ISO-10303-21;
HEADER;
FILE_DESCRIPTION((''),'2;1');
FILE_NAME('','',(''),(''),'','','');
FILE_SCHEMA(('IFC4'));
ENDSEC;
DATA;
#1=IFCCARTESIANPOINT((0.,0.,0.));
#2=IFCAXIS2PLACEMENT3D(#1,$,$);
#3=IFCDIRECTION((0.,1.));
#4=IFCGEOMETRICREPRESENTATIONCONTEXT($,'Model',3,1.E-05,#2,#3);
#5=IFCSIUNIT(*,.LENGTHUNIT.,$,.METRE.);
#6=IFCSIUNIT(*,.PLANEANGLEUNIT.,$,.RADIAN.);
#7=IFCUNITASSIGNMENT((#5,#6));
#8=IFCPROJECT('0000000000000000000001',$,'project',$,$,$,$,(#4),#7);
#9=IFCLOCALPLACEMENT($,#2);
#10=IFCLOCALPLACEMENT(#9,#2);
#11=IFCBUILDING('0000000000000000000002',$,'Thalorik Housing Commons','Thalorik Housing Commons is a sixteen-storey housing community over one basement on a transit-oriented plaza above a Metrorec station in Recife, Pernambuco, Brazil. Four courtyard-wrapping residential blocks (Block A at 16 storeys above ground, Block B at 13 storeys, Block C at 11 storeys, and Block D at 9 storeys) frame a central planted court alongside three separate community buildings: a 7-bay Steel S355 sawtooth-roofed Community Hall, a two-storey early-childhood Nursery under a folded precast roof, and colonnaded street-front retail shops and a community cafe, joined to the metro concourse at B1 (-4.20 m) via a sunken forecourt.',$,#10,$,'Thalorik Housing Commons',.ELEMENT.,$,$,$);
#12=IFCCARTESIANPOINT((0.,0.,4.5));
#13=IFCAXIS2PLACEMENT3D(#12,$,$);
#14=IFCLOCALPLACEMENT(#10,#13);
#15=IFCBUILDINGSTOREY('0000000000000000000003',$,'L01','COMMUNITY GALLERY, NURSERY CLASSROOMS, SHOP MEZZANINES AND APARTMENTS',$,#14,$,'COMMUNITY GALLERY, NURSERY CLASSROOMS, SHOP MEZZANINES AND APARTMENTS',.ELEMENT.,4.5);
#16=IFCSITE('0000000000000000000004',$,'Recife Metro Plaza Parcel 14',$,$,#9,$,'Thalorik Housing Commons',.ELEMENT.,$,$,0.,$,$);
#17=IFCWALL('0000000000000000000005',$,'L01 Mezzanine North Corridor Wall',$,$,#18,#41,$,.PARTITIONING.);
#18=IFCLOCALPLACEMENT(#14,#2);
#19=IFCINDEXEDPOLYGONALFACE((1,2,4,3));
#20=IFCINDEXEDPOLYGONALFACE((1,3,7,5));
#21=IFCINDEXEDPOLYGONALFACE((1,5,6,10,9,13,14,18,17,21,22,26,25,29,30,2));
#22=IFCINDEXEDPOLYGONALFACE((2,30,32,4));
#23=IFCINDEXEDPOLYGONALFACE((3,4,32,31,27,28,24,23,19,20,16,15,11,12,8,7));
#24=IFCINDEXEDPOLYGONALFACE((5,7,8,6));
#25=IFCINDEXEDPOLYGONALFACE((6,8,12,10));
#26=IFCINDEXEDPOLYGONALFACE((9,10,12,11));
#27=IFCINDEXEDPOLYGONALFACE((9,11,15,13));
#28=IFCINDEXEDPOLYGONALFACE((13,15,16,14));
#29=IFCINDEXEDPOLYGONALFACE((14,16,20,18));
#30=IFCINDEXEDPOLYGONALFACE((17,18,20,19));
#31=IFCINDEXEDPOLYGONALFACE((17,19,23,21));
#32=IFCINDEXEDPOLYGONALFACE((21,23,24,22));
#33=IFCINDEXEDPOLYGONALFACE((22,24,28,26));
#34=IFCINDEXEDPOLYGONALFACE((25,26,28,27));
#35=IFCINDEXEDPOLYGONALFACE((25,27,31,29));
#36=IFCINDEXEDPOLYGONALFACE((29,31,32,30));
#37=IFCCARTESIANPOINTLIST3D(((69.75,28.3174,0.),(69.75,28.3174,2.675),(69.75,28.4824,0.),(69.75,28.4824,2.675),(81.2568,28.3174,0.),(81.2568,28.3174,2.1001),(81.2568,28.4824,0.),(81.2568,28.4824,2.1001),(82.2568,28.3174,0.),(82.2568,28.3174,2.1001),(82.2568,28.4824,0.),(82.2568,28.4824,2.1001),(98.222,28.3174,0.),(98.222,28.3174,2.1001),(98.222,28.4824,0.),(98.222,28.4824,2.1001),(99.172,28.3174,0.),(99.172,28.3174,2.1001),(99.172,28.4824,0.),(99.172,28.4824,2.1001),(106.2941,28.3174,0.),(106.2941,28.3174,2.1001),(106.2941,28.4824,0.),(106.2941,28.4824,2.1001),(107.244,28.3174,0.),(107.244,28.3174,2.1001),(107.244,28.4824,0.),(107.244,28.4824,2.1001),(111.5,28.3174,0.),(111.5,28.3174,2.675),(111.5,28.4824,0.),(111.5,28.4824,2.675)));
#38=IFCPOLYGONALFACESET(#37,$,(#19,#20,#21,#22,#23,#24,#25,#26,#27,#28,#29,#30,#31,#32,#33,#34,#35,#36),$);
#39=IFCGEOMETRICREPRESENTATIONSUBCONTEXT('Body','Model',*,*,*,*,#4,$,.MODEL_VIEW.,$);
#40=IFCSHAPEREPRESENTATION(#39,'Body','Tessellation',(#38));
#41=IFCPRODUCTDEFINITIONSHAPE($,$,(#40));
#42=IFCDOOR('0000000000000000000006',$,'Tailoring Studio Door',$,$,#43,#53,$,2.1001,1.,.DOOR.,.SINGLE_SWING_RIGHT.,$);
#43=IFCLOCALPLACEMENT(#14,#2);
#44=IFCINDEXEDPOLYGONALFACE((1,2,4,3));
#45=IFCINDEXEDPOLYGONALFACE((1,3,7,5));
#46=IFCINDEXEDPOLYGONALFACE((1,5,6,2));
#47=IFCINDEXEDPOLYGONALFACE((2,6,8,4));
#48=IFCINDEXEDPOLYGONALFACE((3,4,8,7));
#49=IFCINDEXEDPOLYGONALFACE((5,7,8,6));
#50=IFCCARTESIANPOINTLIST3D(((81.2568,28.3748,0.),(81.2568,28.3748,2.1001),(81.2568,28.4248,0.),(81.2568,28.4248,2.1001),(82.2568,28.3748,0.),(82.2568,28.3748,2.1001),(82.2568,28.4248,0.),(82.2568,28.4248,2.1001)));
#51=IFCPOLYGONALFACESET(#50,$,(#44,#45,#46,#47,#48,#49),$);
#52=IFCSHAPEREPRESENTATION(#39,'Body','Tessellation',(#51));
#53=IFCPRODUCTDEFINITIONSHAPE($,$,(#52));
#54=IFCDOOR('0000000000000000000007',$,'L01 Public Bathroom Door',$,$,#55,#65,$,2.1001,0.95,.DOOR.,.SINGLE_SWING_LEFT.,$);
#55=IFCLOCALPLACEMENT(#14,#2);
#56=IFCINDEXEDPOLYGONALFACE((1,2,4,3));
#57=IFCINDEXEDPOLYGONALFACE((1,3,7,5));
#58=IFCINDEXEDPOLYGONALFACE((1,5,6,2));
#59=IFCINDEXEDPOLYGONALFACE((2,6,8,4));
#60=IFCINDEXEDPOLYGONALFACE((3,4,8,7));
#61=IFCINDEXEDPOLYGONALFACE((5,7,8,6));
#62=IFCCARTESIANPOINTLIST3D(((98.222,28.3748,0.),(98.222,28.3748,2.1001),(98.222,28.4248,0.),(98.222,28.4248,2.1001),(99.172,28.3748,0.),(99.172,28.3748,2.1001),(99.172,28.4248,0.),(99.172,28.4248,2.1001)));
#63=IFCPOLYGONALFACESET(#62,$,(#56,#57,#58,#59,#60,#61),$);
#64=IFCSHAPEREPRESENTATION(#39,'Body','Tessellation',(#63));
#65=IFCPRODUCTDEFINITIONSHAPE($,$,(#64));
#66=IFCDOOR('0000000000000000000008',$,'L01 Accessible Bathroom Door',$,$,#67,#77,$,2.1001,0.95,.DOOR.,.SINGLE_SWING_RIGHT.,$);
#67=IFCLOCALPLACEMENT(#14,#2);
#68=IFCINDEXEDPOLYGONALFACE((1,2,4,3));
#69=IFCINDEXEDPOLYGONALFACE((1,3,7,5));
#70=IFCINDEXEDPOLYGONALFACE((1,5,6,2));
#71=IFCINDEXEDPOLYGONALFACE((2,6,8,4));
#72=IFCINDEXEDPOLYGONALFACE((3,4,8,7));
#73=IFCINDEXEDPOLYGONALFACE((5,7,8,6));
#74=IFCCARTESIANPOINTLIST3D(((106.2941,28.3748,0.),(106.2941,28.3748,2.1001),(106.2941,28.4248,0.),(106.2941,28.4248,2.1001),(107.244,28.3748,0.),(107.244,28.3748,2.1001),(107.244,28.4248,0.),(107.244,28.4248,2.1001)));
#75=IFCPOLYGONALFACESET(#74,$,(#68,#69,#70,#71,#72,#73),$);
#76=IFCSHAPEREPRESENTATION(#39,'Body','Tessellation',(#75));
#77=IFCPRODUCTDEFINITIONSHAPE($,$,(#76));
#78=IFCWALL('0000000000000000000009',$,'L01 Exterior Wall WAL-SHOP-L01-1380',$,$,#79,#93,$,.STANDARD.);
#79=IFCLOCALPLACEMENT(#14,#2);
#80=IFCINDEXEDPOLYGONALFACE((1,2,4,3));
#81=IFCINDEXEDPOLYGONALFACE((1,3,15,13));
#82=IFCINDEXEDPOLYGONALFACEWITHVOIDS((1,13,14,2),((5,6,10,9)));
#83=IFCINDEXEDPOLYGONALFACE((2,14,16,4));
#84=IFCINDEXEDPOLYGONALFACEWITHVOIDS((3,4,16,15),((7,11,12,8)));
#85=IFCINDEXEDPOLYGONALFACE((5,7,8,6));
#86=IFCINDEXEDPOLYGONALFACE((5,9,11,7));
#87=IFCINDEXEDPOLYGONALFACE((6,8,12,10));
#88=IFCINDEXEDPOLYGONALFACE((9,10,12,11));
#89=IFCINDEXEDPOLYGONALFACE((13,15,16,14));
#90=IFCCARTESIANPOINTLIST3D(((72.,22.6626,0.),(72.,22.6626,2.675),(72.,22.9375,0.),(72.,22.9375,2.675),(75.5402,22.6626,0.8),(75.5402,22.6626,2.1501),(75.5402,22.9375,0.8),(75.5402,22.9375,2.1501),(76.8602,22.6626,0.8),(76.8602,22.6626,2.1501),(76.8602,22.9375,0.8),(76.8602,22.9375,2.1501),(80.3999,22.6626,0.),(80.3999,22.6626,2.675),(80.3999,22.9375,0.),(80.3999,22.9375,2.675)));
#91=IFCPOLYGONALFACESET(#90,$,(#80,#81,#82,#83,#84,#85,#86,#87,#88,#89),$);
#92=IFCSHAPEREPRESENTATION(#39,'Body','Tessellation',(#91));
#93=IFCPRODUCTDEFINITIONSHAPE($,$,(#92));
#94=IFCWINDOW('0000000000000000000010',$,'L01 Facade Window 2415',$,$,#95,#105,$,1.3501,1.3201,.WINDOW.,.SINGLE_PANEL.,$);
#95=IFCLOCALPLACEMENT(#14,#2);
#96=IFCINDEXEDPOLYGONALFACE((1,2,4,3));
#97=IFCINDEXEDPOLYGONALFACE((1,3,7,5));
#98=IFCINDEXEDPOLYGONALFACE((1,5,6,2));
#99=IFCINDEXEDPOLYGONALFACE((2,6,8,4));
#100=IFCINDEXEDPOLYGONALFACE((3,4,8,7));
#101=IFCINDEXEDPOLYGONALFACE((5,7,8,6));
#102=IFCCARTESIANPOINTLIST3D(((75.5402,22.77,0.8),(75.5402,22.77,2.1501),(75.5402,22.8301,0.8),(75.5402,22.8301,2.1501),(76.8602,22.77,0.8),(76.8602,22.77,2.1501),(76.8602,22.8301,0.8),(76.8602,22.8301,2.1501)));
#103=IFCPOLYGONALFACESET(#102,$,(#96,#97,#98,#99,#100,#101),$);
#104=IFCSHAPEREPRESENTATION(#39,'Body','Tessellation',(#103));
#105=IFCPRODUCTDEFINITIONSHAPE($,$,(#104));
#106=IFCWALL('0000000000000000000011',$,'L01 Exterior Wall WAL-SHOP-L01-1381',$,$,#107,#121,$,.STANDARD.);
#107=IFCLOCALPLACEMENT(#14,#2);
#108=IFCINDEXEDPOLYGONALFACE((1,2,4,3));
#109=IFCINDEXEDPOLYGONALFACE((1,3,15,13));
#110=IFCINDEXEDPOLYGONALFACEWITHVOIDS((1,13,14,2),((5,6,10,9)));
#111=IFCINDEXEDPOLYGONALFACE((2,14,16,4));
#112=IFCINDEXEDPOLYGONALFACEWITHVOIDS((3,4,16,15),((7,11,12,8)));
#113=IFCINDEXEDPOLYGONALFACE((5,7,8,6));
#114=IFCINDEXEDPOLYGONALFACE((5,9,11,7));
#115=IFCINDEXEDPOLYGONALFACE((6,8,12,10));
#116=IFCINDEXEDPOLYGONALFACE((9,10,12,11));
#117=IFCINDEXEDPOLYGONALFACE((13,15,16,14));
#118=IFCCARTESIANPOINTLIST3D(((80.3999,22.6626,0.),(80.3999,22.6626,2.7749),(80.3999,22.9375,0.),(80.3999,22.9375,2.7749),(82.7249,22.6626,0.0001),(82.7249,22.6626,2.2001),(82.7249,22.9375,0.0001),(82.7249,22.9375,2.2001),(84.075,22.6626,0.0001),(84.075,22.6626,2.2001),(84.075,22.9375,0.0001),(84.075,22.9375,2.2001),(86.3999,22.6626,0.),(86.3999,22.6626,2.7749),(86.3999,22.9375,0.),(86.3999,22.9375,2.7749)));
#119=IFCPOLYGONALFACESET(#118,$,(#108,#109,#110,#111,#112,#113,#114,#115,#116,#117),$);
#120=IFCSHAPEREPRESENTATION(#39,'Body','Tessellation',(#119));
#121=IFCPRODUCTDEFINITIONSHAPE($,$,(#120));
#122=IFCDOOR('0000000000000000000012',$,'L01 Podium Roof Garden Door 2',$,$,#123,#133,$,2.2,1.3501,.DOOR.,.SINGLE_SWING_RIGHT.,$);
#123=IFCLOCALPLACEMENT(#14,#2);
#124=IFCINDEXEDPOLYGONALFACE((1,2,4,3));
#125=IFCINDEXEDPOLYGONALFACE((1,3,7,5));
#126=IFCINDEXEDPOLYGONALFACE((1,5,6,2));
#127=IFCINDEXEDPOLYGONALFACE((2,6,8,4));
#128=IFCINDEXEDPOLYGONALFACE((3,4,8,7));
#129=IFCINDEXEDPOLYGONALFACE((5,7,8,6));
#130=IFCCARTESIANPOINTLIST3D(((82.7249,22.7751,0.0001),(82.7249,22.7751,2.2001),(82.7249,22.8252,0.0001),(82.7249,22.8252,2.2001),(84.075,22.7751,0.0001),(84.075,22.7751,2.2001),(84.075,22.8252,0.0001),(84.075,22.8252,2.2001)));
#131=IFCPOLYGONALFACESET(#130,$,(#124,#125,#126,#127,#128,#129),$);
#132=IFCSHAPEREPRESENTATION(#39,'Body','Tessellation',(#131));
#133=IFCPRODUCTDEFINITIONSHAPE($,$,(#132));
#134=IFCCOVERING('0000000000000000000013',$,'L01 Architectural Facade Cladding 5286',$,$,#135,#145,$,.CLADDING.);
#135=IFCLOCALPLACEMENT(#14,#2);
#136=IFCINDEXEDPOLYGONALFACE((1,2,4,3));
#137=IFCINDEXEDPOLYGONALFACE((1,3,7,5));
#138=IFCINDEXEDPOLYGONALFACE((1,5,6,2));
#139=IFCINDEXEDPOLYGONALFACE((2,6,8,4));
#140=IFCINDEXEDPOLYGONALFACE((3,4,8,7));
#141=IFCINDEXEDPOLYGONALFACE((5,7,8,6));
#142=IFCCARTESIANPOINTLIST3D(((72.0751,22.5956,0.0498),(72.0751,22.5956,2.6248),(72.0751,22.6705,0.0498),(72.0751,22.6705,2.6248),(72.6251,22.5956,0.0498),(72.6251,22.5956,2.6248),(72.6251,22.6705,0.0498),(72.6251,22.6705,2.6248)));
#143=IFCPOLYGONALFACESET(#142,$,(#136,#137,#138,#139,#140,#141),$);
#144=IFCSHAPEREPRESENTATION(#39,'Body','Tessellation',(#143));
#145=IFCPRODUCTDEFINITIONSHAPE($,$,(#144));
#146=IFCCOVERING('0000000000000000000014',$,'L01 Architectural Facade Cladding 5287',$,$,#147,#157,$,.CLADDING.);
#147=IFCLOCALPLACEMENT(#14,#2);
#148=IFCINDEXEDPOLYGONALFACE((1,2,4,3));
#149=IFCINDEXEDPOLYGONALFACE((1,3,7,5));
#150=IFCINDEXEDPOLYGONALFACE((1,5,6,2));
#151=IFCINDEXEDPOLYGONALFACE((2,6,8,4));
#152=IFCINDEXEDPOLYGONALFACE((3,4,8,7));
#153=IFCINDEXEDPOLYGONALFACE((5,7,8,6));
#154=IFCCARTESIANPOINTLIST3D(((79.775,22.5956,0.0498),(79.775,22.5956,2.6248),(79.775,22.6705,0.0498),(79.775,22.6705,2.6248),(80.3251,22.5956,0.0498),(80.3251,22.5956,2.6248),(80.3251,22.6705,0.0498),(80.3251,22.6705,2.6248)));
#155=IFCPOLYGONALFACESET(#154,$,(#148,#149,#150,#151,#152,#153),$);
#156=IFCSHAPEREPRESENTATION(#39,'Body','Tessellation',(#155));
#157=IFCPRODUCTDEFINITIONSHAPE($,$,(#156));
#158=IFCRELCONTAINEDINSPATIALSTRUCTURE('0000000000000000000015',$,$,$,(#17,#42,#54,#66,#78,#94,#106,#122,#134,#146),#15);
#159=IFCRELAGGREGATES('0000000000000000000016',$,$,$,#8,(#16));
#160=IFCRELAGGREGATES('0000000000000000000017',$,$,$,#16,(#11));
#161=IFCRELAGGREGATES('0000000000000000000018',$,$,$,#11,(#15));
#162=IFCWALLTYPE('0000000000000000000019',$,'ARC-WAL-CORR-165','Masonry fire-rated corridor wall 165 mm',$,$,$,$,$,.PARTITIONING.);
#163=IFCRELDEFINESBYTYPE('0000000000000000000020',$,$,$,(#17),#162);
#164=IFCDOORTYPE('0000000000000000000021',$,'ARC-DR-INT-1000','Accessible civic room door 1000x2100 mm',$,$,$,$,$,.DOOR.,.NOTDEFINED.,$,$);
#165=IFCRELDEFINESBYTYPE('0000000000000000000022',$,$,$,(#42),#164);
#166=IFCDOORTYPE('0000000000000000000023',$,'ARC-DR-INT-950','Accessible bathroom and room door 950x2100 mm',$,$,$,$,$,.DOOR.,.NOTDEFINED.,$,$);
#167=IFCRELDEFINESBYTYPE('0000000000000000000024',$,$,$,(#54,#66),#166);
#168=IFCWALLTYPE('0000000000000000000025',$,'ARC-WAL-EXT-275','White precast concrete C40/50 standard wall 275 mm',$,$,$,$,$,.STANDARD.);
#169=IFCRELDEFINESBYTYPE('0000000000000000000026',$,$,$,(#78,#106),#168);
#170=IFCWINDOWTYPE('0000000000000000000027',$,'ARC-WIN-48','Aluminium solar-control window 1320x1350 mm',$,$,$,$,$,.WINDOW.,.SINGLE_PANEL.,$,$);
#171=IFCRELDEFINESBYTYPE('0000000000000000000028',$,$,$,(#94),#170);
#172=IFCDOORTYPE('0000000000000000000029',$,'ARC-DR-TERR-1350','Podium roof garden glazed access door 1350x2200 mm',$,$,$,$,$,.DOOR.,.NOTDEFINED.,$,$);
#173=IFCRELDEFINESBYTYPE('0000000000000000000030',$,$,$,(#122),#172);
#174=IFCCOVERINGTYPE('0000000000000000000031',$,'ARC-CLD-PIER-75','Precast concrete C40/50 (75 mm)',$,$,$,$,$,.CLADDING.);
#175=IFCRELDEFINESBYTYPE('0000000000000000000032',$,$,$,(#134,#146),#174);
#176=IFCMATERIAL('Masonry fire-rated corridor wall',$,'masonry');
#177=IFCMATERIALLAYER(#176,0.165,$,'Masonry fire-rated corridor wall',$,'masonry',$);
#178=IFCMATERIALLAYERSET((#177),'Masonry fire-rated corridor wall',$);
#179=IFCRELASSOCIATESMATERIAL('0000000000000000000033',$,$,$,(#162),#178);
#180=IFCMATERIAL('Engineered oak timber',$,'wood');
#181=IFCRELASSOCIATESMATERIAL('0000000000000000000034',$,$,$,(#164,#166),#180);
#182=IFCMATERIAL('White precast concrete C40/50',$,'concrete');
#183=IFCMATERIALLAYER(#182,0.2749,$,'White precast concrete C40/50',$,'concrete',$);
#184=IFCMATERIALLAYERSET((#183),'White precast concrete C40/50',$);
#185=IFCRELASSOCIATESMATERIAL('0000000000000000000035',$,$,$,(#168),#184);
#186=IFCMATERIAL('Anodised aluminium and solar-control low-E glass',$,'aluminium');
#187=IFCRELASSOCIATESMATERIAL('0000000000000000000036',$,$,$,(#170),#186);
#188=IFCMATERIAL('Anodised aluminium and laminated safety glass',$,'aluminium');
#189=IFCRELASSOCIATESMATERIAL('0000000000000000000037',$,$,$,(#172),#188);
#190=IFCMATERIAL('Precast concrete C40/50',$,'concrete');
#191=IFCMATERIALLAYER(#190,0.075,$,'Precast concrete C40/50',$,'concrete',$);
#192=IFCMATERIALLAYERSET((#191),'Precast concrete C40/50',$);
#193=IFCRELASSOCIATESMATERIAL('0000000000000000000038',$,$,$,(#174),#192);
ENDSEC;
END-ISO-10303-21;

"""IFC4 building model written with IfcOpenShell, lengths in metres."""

from ifc_helpers import new_model, si_unit, direction, frame, frame_2d, origin, origin_2d, place, context, subcontext, project, spatial, rectangle, extrude, material, layer, layer_set, type_object, element, fill, save


model = new_model("IFC4")

# Units and contexts
model_context = context("Model", 3, precision=1e-05, world=origin(), true_north=direction((0.0, 1.0)))
body_context = subcontext(model_context, "Body", "Model", "MODEL_VIEW")
ifc_project = project(units=[si_unit("LENGTHUNIT", "METRE"), si_unit("PLANEANGLEUNIT", "RADIAN")], contexts=[model_context])

# Site, building, storey
site_placement = place(None, origin())
site = spatial("IfcSite", under=ifc_project, at=site_placement, Name="Recife Metro Plaza Parcel 14", LongName="Thalorik Housing Commons", CompositionType="ELEMENT", RefElevation=0.0)
building_placement = place(site_placement, origin())
building = spatial("IfcBuilding", under=site, at=building_placement, Name="Thalorik Housing Commons", Description="Thalorik Housing Commons is a sixteen-storey housing community over one basement on a transit-oriented plaza above a Metrorec station in Recife, Pernambuco, Brazil. Four courtyard-wrapping residential blocks (Block A at 16 storeys above ground, Block B at 13 storeys, Block C at 11 storeys, and Block D at 9 storeys) frame a central planted court alongside three separate community buildings: a 7-bay Steel S355 sawtooth-roofed Community Hall, a two-storey early-childhood Nursery under a folded precast roof, and colonnaded street-front retail shops and a community cafe, joined to the metro concourse at B1 (-4.20 m) via a sunken forecourt.", LongName="Thalorik Housing Commons", CompositionType="ELEMENT")
storey_placement = place(building_placement, frame((0.0, 0.0, 4.5)))
storey = spatial("IfcBuildingStorey", under=building, at=storey_placement, Name="L01", Description="COMMUNITY GALLERY, NURSERY CLASSROOMS, SHOP MEZZANINES AND APARTMENTS", LongName="COMMUNITY GALLERY, NURSERY CLASSROOMS, SHOP MEZZANINES AND APARTMENTS", CompositionType="ELEMENT", Elevation=4.5)

# Shared definitions
ifc_material_1 = material(Name="Precast concrete C40/50", Category="concrete")

# Wall, openings, doors
ifc_material_2 = material(Name="Masonry fire-rated corridor wall", Category="masonry")
ifc_layer_1 = layer(ifc_material_2, 0.165, Name="Masonry fire-rated corridor wall", Category="masonry")
ifc_layer_set_1 = layer_set([ifc_layer_1], Name="Masonry fire-rated corridor wall")
wall_type_1 = type_object("IfcWallType", Name="ARC-WAL-CORR-165", Description="Masonry fire-rated corridor wall 165 mm", PredefinedType="PARTITIONING", material=ifc_layer_set_1)
wall_1_placement = place(storey_placement, frame((69.75, 28.3999, 0.0), z_axis=(0.0, 0.0, 1.0), x_axis=(1.0, 0.0, 0.0)))
wall_1 = element("IfcWall", 1, at=wall_1_placement, inside=storey, type_object=wall_type_1, Name="L01 Mezzanine North Corridor Wall", PredefinedType="PARTITIONING", context=body_context, shape_type="SweptSolid", body=[
    extrude(rectangle(XDim=41.75, YDim=0.165, at=frame_2d((20.875, 0.0))), origin(), (0.0, 0.0, 1.0), 2.675),
])
opening_1_placement = place(wall_1_placement, frame((11.5068, 0.0, 0.0)))
opening_1 = element("IfcOpeningElement", 2, at=opening_1_placement, cuts=wall_1, PredefinedType="OPENING", context=body_context, shape_type="SweptSolid", body=[
    extrude(rectangle(XDim=1.0, YDim=2.1001, at=frame_2d((0.5, 1.05))), frame((0.0, 0.0925, 0.0), z_axis=(0.0, -1.0, 0.0), x_axis=(1.0, 0.0, 0.0)), (0.0, 0.0, 1.0), 0.1851),
])
opening_2_placement = place(wall_1_placement, frame((28.4719, 0.0, 0.0)))
opening_2 = element("IfcOpeningElement", 3, at=opening_2_placement, cuts=wall_1, PredefinedType="OPENING", context=body_context, shape_type="SweptSolid", body=[
    extrude(rectangle(XDim=0.95, YDim=2.1001, at=frame_2d((0.4751, 1.05))), frame((0.0, 0.0925, 0.0), z_axis=(0.0, -1.0, 0.0), x_axis=(1.0, 0.0, 0.0)), (0.0, 0.0, 1.0), 0.1851),
])
opening_3_placement = place(wall_1_placement, frame((36.5439, 0.0, 0.0)))
opening_3 = element("IfcOpeningElement", 4, at=opening_3_placement, cuts=wall_1, PredefinedType="OPENING", context=body_context, shape_type="SweptSolid", body=[
    extrude(rectangle(XDim=0.95, YDim=2.1001, at=frame_2d((0.4751, 1.05))), frame((0.0, 0.0925, 0.0), z_axis=(0.0, -1.0, 0.0), x_axis=(1.0, 0.0, 0.0)), (0.0, 0.0, 1.0), 0.1851),
])
ifc_material_3 = material(Name="Engineered oak timber", Category="wood")
door_type_1 = type_object("IfcDoorType", Name="ARC-DR-INT-1000", Description="Accessible civic room door 1000x2100 mm", OperationType="NOTDEFINED", PredefinedType="DOOR", material=ifc_material_3)
door_1_placement = place(opening_1_placement, origin())
door_1 = element("IfcDoor", 5, at=door_1_placement, inside=storey, type_object=door_type_1, Name="Tailoring Studio Door", OperationType="SINGLE_SWING_RIGHT", OverallHeight=2.1001, OverallWidth=1.0, PredefinedType="DOOR", context=body_context, shape_type="SweptSolid", body=[
    extrude(rectangle(XDim=1.0, YDim=2.1001, at=frame_2d((0.5, 1.05))), frame((0.0, 0.0249, 0.0), z_axis=(0.0, -1.0, 0.0), x_axis=(1.0, 0.0, 0.0)), (0.0, 0.0, 1.0), 0.05),
])
fill(opening_1, door_1)
door_type_2 = type_object("IfcDoorType", Name="ARC-DR-INT-950", Description="Accessible bathroom and room door 950x2100 mm", OperationType="NOTDEFINED", PredefinedType="DOOR", material=ifc_material_3)
door_2_placement = place(opening_2_placement, origin())
door_2 = element("IfcDoor", 6, at=door_2_placement, inside=storey, type_object=door_type_2, Name="L01 Public Bathroom Door", OperationType="SINGLE_SWING_LEFT", OverallHeight=2.1001, OverallWidth=0.95, PredefinedType="DOOR", context=body_context, shape_type="SweptSolid", body=[
    extrude(rectangle(XDim=0.95, YDim=2.1001, at=frame_2d((0.4751, 1.05))), frame((0.0, 0.0249, 0.0), z_axis=(0.0, -1.0, 0.0), x_axis=(1.0, 0.0, 0.0)), (0.0, 0.0, 1.0), 0.05),
])
fill(opening_2, door_2)
door_3_placement = place(opening_3_placement, origin())
door_3 = element("IfcDoor", 7, at=door_3_placement, inside=storey, type_object=door_type_2, Name="L01 Accessible Bathroom Door", OperationType="SINGLE_SWING_RIGHT", OverallHeight=2.1001, OverallWidth=0.95, PredefinedType="DOOR", context=body_context, shape_type="SweptSolid", body=[
    extrude(rectangle(XDim=0.95, YDim=2.1001, at=frame_2d((0.4751, 1.05))), frame((0.0, 0.0249, 0.0), z_axis=(0.0, -1.0, 0.0), x_axis=(1.0, 0.0, 0.0)), (0.0, 0.0, 1.0), 0.05),
])
fill(opening_3, door_3)

# Wall, opening, window
ifc_material_4 = material(Name="White precast concrete C40/50", Category="concrete")
ifc_layer_2 = layer(ifc_material_4, 0.2749, Name="White precast concrete C40/50", Category="concrete")
ifc_layer_set_2 = layer_set([ifc_layer_2], Name="White precast concrete C40/50")
wall_type_2 = type_object("IfcWallType", Name="ARC-WAL-EXT-275", Description="White precast concrete C40/50 standard wall 275 mm", PredefinedType="STANDARD", material=ifc_layer_set_2)
wall_2_placement = place(storey_placement, frame((72.0, 22.8, 0.0), z_axis=(0.0, 0.0, 1.0), x_axis=(1.0, 0.0, 0.0)))
wall_2 = element("IfcWall", 8, at=wall_2_placement, inside=storey, type_object=wall_type_2, Name="L01 Exterior Wall WAL-SHOP-L01-1380", PredefinedType="STANDARD", context=body_context, shape_type="SweptSolid", body=[
    extrude(rectangle(XDim=8.3999, YDim=0.2749, at=frame_2d((4.2, 0.0))), origin(), (0.0, 0.0, 1.0), 2.675),
])
opening_4_placement = place(wall_2_placement, frame((3.54, 0.0, 0.8)))
opening_4 = element("IfcOpeningElement", 9, at=opening_4_placement, cuts=wall_2, PredefinedType="OPENING", context=body_context, shape_type="SweptSolid", body=[
    extrude(rectangle(XDim=1.3201, YDim=1.3501, at=frame_2d((0.6602, 0.675))), frame((0.0, 0.1475, 0.0), z_axis=(0.0, -1.0, 0.0), x_axis=(1.0, 0.0, 0.0)), (0.0, 0.0, 1.0), 0.2949),
])
ifc_material_5 = material(Name="Anodised aluminium and solar-control low-E glass", Category="aluminium")
window_type = type_object("IfcWindowType", Name="ARC-WIN-48", Description="Aluminium solar-control window 1320x1350 mm", PartitioningType="SINGLE_PANEL", PredefinedType="WINDOW", material=ifc_material_5)
window_placement = place(opening_4_placement, origin())
window = element("IfcWindow", 10, at=window_placement, inside=storey, type_object=window_type, Name="L01 Facade Window 2415", OverallHeight=1.3501, OverallWidth=1.3201, PartitioningType="SINGLE_PANEL", PredefinedType="WINDOW", context=body_context, shape_type="SweptSolid", body=[
    extrude(rectangle(XDim=1.3201, YDim=1.3501, at=frame_2d((0.6602, 0.675))), frame((0.0, 0.03, 0.0), z_axis=(0.0, -1.0, 0.0), x_axis=(1.0, 0.0, 0.0)), (0.0, 0.0, 1.0), 0.0601),
])
fill(opening_4, window)

# Wall, opening, door
wall_3_placement = place(storey_placement, frame((80.3999, 22.8, 0.0), z_axis=(0.0, 0.0, 1.0), x_axis=(1.0, 0.0, 0.0)))
wall_3 = element("IfcWall", 11, at=wall_3_placement, inside=storey, type_object=wall_type_2, Name="L01 Exterior Wall WAL-SHOP-L01-1381", PredefinedType="STANDARD", context=body_context, shape_type="SweptSolid", body=[
    extrude(rectangle(XDim=6.0, YDim=0.2749, at=frame_2d((3.0, 0.0))), origin(), (0.0, 0.0, 1.0), 2.7749),
])
opening_5_placement = place(wall_3_placement, frame((2.325, 0.0, 0.0)))
opening_5 = element("IfcOpeningElement", 12, at=opening_5_placement, cuts=wall_3, PredefinedType="OPENING", context=body_context, shape_type="SweptSolid", body=[
    extrude(rectangle(XDim=1.3501, YDim=2.2, at=frame_2d((0.675, 1.1001))), frame((0.0, 0.1475, 0.0), z_axis=(0.0, -1.0, 0.0), x_axis=(1.0, 0.0, 0.0)), (0.0, 0.0, 1.0), 0.2949),
])
ifc_material_6 = material(Name="Anodised aluminium and laminated safety glass", Category="aluminium")
door_type_3 = type_object("IfcDoorType", Name="ARC-DR-TERR-1350", Description="Podium roof garden glazed access door 1350x2200 mm", OperationType="NOTDEFINED", PredefinedType="DOOR", material=ifc_material_6)
door_4_placement = place(opening_5_placement, frame((1.3501, 0.0, 0.0), z_axis=(0.0, 0.0, 1.0), x_axis=(-1.0, 0.0, 0.0)))
door_4 = element("IfcDoor", 13, at=door_4_placement, inside=storey, type_object=door_type_3, Name="L01 Podium Roof Garden Door 2", OperationType="SINGLE_SWING_RIGHT", OverallHeight=2.2, OverallWidth=1.3501, PredefinedType="DOOR", context=body_context, shape_type="SweptSolid", body=[
    extrude(rectangle(XDim=1.3501, YDim=2.2, at=frame_2d((0.675, 1.1001))), frame((0.0, 0.0249, 0.0), z_axis=(0.0, -1.0, 0.0), x_axis=(1.0, 0.0, 0.0)), (0.0, 0.0, 1.0), 0.05),
])
fill(opening_5, door_4)

# Coverings
ifc_layer_3 = layer(ifc_material_1, 0.075, Name="Precast concrete C40/50", Category="concrete")
ifc_layer_set_3 = layer_set([ifc_layer_3], Name="Precast concrete C40/50")
covering_type_1 = type_object("IfcCoveringType", Name="ARC-CLD-PIER-75", Description="Precast concrete C40/50 (75 mm)", PredefinedType="CLADDING", material=ifc_layer_set_3)
for number, where, z_axis, x_axis, name in (
    (14, (72.3501, 22.6331, 0.0498), (0.0, 0.0, 1.0), (1.0, 0.0, 0.0), "L01 Architectural Facade Cladding 5286"),
    (15, (80.05, 22.6331, 0.0498), (0.0, 0.0, 1.0), (1.0, 0.0, 0.0), "L01 Architectural Facade Cladding 5287"),
):
    element("IfcCovering", number, at=place(storey_placement, frame(where, z_axis=z_axis, x_axis=x_axis)), inside=storey, type_object=covering_type_1, Name=name, PredefinedType="CLADDING", context=body_context, shape_type="SweptSolid", body=[
        extrude(rectangle(XDim=0.55, YDim=0.075, at=origin_2d()), origin(), (0.0, 0.0, 1.0), 2.575),
    ])

save(model, "model.ifc")
